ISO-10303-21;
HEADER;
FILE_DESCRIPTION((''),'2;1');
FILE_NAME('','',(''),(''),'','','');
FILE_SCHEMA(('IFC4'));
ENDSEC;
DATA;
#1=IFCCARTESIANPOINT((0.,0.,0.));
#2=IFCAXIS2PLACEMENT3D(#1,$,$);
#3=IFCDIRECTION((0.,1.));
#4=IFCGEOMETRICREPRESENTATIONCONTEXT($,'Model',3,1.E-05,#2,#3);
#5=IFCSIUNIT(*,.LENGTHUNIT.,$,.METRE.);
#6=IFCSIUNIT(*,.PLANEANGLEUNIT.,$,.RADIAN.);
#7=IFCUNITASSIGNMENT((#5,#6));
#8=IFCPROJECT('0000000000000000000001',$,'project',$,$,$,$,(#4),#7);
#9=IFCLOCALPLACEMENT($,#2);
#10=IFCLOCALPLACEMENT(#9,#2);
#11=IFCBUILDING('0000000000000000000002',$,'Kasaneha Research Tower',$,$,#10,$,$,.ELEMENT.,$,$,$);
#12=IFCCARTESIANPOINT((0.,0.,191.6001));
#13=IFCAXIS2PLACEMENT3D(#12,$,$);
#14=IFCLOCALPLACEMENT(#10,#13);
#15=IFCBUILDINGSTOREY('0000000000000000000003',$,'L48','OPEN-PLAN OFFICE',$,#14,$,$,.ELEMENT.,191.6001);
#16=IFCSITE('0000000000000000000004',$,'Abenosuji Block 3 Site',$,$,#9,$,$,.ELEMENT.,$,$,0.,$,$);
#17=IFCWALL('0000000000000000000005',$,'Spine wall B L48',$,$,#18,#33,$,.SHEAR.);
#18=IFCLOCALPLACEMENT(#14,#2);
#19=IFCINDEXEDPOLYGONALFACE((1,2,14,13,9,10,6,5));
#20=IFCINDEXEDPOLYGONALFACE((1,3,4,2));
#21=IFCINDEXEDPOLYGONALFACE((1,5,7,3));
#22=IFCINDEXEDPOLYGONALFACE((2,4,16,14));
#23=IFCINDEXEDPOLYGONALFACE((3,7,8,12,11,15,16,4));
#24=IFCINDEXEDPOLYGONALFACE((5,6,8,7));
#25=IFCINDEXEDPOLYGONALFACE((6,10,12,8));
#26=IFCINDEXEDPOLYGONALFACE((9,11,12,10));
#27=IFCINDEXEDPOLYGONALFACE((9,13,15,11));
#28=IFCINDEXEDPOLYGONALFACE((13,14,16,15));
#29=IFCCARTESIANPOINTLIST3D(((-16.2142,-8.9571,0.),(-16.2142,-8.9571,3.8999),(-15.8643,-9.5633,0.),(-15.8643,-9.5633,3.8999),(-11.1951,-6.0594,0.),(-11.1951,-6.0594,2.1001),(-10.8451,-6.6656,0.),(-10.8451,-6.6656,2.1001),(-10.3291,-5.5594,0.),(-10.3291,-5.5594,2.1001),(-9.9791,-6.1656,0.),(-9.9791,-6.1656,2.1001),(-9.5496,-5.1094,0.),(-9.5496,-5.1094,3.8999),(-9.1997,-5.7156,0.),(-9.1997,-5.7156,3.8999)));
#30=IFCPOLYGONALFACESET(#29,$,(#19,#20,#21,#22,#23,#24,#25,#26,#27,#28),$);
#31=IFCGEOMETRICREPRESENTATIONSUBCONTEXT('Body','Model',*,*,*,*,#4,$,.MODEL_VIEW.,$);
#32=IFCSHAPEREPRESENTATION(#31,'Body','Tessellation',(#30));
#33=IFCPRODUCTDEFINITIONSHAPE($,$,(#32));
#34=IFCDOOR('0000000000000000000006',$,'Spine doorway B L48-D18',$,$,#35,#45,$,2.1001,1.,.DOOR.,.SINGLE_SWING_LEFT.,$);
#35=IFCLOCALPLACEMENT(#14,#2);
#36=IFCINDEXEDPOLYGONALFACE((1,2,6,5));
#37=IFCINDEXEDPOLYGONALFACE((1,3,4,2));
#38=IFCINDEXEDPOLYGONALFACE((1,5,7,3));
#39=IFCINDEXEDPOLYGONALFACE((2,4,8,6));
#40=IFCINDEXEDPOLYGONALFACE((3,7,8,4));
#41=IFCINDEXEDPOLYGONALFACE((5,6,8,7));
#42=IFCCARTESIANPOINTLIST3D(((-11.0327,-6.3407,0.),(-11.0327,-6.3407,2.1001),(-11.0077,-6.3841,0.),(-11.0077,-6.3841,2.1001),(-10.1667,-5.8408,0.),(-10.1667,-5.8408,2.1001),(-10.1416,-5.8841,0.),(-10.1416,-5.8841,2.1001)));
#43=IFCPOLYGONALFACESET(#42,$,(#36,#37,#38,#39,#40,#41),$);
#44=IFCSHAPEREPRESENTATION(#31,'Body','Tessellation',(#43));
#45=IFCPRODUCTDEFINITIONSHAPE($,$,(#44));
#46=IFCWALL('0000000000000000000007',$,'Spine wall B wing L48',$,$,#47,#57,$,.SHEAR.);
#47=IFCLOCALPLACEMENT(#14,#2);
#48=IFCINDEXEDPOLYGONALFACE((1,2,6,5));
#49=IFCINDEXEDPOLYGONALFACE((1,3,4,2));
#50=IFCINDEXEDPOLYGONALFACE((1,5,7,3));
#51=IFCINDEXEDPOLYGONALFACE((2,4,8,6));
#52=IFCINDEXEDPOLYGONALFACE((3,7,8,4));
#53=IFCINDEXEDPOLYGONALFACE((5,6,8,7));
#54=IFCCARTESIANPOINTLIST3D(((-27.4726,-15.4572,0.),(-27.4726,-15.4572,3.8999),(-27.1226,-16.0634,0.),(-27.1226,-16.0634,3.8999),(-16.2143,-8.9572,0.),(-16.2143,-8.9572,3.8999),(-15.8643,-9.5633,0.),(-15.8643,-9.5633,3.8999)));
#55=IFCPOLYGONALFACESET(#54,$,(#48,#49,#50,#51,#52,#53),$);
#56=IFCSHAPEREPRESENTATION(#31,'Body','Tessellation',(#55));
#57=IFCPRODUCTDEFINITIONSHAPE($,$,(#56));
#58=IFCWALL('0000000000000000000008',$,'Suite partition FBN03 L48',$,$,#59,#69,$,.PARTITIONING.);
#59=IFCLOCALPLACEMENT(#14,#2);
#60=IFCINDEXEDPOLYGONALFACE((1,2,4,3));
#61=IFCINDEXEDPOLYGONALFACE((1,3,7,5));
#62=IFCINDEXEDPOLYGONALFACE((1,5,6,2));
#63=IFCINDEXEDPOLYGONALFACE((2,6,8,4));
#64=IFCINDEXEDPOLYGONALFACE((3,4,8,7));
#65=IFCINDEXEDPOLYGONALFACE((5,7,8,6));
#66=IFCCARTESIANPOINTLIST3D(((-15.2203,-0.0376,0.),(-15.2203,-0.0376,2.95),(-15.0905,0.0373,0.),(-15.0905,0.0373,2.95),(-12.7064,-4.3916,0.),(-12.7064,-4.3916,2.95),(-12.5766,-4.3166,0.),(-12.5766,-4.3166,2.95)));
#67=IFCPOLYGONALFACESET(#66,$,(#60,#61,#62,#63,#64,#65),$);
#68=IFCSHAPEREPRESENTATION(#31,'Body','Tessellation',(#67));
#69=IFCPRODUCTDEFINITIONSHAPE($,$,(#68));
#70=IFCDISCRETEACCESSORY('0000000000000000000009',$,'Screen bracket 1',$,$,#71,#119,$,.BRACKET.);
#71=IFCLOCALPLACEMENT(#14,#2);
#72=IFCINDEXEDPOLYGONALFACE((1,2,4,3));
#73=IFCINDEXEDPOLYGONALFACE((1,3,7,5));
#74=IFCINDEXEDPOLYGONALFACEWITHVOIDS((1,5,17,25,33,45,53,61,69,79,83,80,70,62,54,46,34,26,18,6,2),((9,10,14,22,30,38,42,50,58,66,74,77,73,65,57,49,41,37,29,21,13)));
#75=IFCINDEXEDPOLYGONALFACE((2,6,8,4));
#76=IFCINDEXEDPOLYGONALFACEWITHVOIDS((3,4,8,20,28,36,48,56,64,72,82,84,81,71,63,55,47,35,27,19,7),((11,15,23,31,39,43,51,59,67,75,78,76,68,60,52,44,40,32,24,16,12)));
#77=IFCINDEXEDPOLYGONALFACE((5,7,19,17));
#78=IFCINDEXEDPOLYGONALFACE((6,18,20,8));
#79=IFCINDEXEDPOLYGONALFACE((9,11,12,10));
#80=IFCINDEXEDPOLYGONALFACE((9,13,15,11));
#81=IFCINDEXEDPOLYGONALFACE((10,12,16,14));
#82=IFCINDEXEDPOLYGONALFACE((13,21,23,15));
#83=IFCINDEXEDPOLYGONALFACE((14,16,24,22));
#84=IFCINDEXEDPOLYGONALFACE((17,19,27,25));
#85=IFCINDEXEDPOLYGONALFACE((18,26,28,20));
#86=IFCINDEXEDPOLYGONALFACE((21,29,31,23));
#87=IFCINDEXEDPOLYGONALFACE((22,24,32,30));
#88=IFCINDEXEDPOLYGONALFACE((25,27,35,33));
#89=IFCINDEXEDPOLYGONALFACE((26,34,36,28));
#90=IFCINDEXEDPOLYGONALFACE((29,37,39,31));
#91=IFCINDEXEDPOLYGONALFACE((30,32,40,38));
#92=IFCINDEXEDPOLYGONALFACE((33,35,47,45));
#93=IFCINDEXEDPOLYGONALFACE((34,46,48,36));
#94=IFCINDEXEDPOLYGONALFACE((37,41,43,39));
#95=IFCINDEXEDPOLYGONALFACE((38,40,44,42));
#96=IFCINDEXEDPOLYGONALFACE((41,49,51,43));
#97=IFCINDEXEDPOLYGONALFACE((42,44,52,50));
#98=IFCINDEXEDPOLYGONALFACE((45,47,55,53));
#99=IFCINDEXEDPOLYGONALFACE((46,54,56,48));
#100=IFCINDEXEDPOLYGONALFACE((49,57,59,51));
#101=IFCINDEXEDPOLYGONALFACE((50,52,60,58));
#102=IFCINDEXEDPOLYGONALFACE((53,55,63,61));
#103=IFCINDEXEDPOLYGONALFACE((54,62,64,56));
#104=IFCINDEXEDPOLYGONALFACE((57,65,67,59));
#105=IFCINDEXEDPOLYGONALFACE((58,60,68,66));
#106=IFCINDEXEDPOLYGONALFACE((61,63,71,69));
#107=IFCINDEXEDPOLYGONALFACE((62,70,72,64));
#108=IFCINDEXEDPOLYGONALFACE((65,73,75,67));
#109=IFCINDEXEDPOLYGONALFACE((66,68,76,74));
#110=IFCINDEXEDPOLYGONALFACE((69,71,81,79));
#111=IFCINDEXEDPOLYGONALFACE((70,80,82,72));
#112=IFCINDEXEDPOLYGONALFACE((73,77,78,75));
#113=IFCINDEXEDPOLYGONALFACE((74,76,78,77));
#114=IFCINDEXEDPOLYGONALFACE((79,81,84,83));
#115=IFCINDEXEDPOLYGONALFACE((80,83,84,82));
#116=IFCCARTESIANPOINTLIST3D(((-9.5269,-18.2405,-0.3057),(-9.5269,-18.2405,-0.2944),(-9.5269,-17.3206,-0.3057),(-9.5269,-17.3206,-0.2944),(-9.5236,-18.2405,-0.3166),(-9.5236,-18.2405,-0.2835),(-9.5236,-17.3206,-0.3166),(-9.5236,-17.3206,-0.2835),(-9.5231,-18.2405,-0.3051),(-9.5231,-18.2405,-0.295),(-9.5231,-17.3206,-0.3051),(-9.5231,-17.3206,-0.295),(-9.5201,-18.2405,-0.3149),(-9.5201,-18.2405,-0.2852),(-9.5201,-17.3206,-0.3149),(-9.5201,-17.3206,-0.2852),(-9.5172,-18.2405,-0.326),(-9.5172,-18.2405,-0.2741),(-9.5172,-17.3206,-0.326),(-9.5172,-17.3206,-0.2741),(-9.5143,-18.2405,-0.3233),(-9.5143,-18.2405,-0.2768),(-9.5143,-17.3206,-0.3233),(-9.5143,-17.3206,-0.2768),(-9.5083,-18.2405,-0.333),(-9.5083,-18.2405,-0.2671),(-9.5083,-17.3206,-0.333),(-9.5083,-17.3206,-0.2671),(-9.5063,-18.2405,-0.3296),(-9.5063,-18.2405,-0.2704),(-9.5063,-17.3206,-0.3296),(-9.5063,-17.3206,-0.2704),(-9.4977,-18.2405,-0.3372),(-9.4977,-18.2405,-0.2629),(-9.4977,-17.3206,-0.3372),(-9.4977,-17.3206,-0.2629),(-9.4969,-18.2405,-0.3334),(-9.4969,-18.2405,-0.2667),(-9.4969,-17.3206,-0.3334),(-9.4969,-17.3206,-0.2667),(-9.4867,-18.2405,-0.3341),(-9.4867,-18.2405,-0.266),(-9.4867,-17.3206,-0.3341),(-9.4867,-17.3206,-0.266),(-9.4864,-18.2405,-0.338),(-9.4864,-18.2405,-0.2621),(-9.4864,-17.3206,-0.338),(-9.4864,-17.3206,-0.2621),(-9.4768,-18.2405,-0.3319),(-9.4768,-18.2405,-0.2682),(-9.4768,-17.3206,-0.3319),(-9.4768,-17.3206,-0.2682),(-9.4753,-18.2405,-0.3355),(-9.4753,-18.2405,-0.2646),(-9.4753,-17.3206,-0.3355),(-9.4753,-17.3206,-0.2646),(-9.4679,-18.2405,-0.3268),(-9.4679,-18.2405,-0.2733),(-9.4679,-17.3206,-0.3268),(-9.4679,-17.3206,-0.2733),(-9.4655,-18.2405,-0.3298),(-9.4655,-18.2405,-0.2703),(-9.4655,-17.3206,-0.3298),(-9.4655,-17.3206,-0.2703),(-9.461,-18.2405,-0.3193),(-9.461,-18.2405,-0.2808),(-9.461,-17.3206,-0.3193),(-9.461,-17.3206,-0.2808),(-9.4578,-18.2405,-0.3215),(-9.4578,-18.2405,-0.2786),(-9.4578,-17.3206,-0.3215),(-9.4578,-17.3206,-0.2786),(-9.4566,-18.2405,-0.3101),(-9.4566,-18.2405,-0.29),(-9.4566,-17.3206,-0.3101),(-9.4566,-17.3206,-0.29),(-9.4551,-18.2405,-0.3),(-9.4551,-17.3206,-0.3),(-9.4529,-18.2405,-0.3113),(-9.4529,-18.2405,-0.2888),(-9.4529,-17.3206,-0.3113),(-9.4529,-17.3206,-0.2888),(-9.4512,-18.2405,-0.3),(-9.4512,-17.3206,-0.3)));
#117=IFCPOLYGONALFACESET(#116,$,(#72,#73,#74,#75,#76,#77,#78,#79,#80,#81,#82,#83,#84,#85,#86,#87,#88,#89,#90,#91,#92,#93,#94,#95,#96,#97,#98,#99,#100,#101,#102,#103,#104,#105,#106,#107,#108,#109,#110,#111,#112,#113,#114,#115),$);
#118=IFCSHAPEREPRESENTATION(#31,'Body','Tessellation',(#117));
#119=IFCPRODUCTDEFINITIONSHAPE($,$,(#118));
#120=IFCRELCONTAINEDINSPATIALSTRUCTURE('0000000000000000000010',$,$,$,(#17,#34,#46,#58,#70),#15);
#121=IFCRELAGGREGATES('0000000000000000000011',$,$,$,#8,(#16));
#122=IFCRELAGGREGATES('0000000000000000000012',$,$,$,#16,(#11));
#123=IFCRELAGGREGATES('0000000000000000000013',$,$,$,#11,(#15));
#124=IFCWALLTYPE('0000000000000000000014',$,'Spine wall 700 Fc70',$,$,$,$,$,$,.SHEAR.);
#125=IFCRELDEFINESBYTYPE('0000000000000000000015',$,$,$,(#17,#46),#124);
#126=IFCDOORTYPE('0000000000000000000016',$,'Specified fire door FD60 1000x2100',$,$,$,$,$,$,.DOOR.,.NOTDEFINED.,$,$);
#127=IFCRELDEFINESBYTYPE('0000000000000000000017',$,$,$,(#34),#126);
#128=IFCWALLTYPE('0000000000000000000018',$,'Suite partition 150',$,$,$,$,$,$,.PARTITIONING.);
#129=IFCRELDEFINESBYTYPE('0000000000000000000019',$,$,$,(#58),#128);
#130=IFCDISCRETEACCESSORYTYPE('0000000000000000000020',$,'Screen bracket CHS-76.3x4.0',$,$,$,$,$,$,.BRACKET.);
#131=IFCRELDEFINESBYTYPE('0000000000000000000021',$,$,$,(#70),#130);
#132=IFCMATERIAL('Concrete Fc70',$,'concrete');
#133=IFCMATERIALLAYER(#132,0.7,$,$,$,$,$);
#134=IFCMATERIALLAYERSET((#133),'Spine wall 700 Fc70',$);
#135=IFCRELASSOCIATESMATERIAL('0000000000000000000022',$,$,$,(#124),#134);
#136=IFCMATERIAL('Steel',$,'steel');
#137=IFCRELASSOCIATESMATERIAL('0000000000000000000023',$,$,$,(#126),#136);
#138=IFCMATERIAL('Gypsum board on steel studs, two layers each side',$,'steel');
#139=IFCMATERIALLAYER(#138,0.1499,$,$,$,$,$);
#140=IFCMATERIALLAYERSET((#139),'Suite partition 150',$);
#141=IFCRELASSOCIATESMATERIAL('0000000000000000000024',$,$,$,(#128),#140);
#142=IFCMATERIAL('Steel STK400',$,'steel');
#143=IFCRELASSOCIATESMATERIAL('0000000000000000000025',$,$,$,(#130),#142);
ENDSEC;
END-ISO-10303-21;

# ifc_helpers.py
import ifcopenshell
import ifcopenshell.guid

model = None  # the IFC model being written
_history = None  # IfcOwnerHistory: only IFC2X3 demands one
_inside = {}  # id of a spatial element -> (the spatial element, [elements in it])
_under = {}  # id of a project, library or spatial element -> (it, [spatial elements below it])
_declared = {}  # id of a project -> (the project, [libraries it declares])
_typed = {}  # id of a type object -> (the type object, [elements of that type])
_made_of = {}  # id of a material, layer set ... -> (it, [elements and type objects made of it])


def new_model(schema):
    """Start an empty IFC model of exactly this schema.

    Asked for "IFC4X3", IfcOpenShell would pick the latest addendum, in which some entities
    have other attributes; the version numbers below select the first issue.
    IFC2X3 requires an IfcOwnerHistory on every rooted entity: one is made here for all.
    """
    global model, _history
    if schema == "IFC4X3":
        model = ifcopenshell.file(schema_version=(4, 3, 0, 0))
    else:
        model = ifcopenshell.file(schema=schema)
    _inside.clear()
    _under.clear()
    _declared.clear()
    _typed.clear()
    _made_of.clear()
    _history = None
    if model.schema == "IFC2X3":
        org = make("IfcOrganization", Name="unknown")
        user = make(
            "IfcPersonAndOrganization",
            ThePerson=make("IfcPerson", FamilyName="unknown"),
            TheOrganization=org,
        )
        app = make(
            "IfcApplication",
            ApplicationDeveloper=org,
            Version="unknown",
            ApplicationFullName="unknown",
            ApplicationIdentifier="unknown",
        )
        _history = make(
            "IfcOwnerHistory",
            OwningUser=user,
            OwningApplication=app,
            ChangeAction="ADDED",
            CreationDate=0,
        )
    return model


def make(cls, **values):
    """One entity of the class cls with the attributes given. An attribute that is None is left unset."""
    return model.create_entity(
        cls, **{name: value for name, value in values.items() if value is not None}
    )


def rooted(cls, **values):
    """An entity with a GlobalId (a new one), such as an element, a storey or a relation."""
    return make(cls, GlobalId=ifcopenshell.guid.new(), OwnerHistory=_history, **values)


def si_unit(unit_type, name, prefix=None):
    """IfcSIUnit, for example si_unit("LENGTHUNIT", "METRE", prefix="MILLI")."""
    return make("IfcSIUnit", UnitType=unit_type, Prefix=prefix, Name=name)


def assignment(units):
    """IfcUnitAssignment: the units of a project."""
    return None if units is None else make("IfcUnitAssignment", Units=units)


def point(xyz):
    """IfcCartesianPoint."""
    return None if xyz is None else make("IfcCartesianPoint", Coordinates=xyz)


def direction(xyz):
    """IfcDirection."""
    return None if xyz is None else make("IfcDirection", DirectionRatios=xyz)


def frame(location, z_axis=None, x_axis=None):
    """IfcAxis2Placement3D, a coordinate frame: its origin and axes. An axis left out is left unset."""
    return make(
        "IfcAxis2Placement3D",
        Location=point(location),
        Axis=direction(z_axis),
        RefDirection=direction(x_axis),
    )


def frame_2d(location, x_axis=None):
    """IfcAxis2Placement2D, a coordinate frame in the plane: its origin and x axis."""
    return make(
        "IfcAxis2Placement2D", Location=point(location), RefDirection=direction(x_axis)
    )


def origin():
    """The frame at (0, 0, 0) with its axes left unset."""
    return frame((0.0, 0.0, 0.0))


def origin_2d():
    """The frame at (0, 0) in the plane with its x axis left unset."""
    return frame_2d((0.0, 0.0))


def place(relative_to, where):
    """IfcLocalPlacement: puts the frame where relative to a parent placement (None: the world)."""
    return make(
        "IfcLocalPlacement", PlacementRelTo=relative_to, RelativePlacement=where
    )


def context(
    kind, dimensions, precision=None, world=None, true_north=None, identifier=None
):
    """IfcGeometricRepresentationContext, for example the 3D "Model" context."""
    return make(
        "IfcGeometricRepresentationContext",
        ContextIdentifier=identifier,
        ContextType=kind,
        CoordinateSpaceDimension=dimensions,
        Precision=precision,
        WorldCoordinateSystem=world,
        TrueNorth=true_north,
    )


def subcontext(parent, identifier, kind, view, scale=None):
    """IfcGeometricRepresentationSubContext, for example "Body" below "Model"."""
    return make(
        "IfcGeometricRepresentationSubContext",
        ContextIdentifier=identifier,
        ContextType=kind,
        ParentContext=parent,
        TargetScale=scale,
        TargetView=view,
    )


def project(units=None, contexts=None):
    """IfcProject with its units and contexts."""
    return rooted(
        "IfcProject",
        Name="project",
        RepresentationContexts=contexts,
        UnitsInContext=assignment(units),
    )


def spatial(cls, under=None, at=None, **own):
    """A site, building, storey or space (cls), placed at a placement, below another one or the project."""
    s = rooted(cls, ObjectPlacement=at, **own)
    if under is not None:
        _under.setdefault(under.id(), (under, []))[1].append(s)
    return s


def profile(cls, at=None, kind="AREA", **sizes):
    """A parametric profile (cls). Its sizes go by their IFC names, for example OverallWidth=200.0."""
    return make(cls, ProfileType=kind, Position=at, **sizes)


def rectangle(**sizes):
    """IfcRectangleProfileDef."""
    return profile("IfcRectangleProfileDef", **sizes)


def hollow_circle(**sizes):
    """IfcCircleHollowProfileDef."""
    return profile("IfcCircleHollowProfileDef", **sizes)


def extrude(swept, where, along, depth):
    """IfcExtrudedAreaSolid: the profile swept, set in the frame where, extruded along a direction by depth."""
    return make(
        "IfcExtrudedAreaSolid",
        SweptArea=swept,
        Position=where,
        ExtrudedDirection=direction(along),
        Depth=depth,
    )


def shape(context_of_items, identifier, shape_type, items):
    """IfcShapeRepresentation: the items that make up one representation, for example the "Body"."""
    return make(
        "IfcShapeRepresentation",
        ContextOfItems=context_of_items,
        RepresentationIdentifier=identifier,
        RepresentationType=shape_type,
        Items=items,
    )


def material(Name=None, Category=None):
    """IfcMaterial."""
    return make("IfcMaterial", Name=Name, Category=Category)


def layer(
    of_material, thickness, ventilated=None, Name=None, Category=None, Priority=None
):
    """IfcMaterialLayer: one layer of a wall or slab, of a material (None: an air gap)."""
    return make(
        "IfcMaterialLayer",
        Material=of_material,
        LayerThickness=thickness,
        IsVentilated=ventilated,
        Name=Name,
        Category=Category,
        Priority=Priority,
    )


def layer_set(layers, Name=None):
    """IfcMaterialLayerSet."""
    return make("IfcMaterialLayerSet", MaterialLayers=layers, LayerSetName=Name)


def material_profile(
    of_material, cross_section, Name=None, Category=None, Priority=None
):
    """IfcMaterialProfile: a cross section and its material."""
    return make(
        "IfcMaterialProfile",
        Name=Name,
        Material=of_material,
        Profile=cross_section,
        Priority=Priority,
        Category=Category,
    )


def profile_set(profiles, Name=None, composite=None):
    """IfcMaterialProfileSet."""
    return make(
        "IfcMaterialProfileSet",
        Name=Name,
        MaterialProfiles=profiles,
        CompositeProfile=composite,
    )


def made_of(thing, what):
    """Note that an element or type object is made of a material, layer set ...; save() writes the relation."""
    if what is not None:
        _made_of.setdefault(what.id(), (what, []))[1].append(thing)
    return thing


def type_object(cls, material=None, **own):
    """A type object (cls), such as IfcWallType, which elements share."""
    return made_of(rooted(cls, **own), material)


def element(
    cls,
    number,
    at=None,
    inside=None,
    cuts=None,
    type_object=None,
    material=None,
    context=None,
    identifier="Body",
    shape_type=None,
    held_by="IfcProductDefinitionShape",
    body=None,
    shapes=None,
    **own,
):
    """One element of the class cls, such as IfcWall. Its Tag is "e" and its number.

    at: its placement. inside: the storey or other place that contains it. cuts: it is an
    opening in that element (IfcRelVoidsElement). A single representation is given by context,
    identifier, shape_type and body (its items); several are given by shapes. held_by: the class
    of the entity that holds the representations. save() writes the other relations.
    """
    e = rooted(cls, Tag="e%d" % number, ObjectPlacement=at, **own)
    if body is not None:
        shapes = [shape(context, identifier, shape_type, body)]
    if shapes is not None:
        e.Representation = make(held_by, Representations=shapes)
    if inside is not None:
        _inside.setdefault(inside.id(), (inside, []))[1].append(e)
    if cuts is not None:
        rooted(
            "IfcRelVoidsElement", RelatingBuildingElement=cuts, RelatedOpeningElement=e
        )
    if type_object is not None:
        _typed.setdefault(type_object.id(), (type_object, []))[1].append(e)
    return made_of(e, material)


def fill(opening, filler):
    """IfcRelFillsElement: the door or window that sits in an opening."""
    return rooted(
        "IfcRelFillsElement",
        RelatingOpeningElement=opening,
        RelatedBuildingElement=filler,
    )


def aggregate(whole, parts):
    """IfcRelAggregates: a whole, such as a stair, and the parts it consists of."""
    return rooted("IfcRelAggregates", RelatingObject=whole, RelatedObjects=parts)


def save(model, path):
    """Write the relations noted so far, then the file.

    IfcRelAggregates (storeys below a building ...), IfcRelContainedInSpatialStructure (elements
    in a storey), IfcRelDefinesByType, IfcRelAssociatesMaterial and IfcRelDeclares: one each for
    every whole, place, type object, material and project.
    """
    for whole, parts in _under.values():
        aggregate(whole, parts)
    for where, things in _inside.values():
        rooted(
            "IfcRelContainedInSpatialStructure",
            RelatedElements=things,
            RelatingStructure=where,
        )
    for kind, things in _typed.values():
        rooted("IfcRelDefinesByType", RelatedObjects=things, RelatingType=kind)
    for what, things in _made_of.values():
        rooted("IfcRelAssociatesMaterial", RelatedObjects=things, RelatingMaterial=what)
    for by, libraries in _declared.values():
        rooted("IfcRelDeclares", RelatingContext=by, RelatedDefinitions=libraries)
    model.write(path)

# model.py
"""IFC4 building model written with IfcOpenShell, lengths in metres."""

from ifc_helpers import new_model, si_unit, direction, frame, frame_2d, origin, origin_2d, place, context, subcontext, project, spatial, rectangle, hollow_circle, extrude, material, layer, layer_set, material_profile, profile_set, type_object, element, fill, save


model = new_model("IFC4")

# Units and contexts
model_context = context("Model", 3, precision=1e-05, world=origin(), true_north=direction((0.0, 1.0)))
body_context = subcontext(model_context, "Body", "Model", "MODEL_VIEW")
ifc_project = project(units=[si_unit("LENGTHUNIT", "METRE"), si_unit("PLANEANGLEUNIT", "RADIAN")], contexts=[model_context])

# Site, building, storey
site_placement = place(None, origin())
site = spatial("IfcSite", under=ifc_project, at=site_placement, Name="Abenosuji Block 3 Site", CompositionType="ELEMENT", RefElevation=0.0)
building_placement = place(site_placement, origin())
building = spatial("IfcBuilding", under=site, at=building_placement, Name="Kasaneha Research Tower", CompositionType="ELEMENT")
storey_placement = place(building_placement, frame((0.0, 0.0, 191.6001)))
storey = spatial("IfcBuildingStorey", under=building, at=storey_placement, Name="L48", Description="OPEN-PLAN OFFICE", CompositionType="ELEMENT", Elevation=191.6001)

# Wall, opening, door
ifc_material_1 = material(Name="Concrete Fc70", Category="concrete")
ifc_layer_1 = layer(ifc_material_1, 0.7)
ifc_layer_set_1 = layer_set([ifc_layer_1], Name="Spine wall 700 Fc70")
wall_type_1 = type_object("IfcWallType", Name="Spine wall 700 Fc70", PredefinedType="SHEAR", material=ifc_layer_set_1)
wall_1_placement = place(storey_placement, frame((-9.3748, -5.4126, 0.0), z_axis=(0.0, 0.0, 1.0), x_axis=(-0.866032, -0.499988, 0.0)))
wall_1 = element("IfcWall", 1, at=wall_1_placement, inside=storey, type_object=wall_type_1, Name="Spine wall B L48", PredefinedType="SHEAR", context=body_context, shape_type="SweptSolid", body=[
    extrude(rectangle(XDim=7.6956, YDim=0.7, at=frame_2d((3.8477, 0.0))), origin(), (0.0, 0.0, 1.0), 3.8999),
])
opening_1_placement = place(wall_1_placement, frame((0.8999, 0.0, 0.0)))
opening_1 = element("IfcOpeningElement", 2, at=opening_1_placement, cuts=wall_1, PredefinedType="OPENING", context=body_context, shape_type="SweptSolid", body=[
    extrude(rectangle(XDim=1.0, YDim=2.1001, at=frame_2d((0.5, 1.05))), frame((0.0, 0.3599, 0.0), z_axis=(0.0, -1.0, 0.0), x_axis=(1.0, 0.0, 0.0)), (0.0, 0.0, 1.0), 0.72),
])
ifc_material_2 = material(Name="Steel", Category="steel")
door_type_1 = type_object("IfcDoorType", Name="Specified fire door FD60 1000x2100", OperationType="NOTDEFINED", PredefinedType="DOOR", material=ifc_material_2)
door_1_placement = place(opening_1_placement, origin())
door_1 = element("IfcDoor", 3, at=door_1_placement, inside=storey, type_object=door_type_1, Name="Spine doorway B L48-D18", OperationType="SINGLE_SWING_LEFT", OverallHeight=2.1001, OverallWidth=1.0, PredefinedType="DOOR", context=body_context, shape_type="SweptSolid", body=[
    extrude(rectangle(XDim=1.0, YDim=2.1001, at=frame_2d((0.5, 1.05))), frame((0.0, 0.0249, 0.0), z_axis=(0.0, -1.0, 0.0), x_axis=(1.0, 0.0, 0.0)), (0.0, 0.0, 1.0), 0.05),
])
fill(opening_1, door_1)

# Walls
wall_2_placement = place(storey_placement, frame((-16.0393, -9.2603, 0.0), z_axis=(0.0, 0.0, 1.0), x_axis=(-0.866025, -0.500001, 0.0)))
element("IfcWall", 4, at=wall_2_placement, inside=storey, type_object=wall_type_1, Name="Spine wall B wing L48", PredefinedType="SHEAR", context=body_context, shape_type="SweptSolid", body=[
    extrude(rectangle(XDim=13.0, YDim=0.7, at=frame_2d((6.5, 0.0))), origin(), (0.0, 0.0, 1.0), 3.8999),
])
ifc_material_3 = material(Name="Gypsum board on steel studs, two layers each side", Category="steel")
ifc_layer_2 = layer(ifc_material_3, 0.1499)
ifc_layer_set_2 = layer_set([ifc_layer_2], Name="Suite partition 150")
wall_type_2 = type_object("IfcWallType", Name="Suite partition 150", PredefinedType="PARTITIONING", material=ifc_layer_set_2)
wall_3_placement = place(storey_placement, frame((-12.6416, -4.354, 0.0), z_axis=(0.0, 0.0, 1.0), x_axis=(-0.500019, 0.866014, 0.0)))
element("IfcWall", 5, at=wall_3_placement, inside=storey, type_object=wall_type_2, Name="Suite partition FBN03 L48", PredefinedType="PARTITIONING", context=body_context, shape_type="SweptSolid", body=[
    extrude(rectangle(XDim=5.0276, YDim=0.1499, at=frame_2d((2.5137, 0.0))), origin(), (0.0, 0.0, 1.0), 2.95),
])

# Discrete accessory
ifc_material_4 = material(Name="Steel STK400", Category="steel")
ifc_material_profile_1 = material_profile(ifc_material_4, hollow_circle(Radius=0.0381, WallThickness=0.0039, at=origin_2d()), Name="CHS-76.3x4.0")
ifc_profile_set_1 = profile_set([ifc_material_profile_1], Name="Steel STK400")
discrete_accessory_type = type_object("IfcDiscreteAccessoryType", Name="Screen bracket CHS-76.3x4.0", PredefinedType="BRACKET", material=ifc_profile_set_1)
discrete_accessory_placement = place(storey_placement, frame((-9.4893, -17.3206, -0.3), z_axis=(0.0, -1.0, 0.0), x_axis=(1.0, 0.0, 0.0)))
element("IfcDiscreteAccessory", 6, at=discrete_accessory_placement, inside=storey, type_object=discrete_accessory_type, Name="Screen bracket 1", PredefinedType="BRACKET", context=body_context, shape_type="SweptSolid", body=[
    extrude(hollow_circle(Radius=0.0381, WallThickness=0.0039, at=origin_2d()), origin(), (0.0, 0.0, 1.0), 0.9199),
])

save(model, "model.ifc")
